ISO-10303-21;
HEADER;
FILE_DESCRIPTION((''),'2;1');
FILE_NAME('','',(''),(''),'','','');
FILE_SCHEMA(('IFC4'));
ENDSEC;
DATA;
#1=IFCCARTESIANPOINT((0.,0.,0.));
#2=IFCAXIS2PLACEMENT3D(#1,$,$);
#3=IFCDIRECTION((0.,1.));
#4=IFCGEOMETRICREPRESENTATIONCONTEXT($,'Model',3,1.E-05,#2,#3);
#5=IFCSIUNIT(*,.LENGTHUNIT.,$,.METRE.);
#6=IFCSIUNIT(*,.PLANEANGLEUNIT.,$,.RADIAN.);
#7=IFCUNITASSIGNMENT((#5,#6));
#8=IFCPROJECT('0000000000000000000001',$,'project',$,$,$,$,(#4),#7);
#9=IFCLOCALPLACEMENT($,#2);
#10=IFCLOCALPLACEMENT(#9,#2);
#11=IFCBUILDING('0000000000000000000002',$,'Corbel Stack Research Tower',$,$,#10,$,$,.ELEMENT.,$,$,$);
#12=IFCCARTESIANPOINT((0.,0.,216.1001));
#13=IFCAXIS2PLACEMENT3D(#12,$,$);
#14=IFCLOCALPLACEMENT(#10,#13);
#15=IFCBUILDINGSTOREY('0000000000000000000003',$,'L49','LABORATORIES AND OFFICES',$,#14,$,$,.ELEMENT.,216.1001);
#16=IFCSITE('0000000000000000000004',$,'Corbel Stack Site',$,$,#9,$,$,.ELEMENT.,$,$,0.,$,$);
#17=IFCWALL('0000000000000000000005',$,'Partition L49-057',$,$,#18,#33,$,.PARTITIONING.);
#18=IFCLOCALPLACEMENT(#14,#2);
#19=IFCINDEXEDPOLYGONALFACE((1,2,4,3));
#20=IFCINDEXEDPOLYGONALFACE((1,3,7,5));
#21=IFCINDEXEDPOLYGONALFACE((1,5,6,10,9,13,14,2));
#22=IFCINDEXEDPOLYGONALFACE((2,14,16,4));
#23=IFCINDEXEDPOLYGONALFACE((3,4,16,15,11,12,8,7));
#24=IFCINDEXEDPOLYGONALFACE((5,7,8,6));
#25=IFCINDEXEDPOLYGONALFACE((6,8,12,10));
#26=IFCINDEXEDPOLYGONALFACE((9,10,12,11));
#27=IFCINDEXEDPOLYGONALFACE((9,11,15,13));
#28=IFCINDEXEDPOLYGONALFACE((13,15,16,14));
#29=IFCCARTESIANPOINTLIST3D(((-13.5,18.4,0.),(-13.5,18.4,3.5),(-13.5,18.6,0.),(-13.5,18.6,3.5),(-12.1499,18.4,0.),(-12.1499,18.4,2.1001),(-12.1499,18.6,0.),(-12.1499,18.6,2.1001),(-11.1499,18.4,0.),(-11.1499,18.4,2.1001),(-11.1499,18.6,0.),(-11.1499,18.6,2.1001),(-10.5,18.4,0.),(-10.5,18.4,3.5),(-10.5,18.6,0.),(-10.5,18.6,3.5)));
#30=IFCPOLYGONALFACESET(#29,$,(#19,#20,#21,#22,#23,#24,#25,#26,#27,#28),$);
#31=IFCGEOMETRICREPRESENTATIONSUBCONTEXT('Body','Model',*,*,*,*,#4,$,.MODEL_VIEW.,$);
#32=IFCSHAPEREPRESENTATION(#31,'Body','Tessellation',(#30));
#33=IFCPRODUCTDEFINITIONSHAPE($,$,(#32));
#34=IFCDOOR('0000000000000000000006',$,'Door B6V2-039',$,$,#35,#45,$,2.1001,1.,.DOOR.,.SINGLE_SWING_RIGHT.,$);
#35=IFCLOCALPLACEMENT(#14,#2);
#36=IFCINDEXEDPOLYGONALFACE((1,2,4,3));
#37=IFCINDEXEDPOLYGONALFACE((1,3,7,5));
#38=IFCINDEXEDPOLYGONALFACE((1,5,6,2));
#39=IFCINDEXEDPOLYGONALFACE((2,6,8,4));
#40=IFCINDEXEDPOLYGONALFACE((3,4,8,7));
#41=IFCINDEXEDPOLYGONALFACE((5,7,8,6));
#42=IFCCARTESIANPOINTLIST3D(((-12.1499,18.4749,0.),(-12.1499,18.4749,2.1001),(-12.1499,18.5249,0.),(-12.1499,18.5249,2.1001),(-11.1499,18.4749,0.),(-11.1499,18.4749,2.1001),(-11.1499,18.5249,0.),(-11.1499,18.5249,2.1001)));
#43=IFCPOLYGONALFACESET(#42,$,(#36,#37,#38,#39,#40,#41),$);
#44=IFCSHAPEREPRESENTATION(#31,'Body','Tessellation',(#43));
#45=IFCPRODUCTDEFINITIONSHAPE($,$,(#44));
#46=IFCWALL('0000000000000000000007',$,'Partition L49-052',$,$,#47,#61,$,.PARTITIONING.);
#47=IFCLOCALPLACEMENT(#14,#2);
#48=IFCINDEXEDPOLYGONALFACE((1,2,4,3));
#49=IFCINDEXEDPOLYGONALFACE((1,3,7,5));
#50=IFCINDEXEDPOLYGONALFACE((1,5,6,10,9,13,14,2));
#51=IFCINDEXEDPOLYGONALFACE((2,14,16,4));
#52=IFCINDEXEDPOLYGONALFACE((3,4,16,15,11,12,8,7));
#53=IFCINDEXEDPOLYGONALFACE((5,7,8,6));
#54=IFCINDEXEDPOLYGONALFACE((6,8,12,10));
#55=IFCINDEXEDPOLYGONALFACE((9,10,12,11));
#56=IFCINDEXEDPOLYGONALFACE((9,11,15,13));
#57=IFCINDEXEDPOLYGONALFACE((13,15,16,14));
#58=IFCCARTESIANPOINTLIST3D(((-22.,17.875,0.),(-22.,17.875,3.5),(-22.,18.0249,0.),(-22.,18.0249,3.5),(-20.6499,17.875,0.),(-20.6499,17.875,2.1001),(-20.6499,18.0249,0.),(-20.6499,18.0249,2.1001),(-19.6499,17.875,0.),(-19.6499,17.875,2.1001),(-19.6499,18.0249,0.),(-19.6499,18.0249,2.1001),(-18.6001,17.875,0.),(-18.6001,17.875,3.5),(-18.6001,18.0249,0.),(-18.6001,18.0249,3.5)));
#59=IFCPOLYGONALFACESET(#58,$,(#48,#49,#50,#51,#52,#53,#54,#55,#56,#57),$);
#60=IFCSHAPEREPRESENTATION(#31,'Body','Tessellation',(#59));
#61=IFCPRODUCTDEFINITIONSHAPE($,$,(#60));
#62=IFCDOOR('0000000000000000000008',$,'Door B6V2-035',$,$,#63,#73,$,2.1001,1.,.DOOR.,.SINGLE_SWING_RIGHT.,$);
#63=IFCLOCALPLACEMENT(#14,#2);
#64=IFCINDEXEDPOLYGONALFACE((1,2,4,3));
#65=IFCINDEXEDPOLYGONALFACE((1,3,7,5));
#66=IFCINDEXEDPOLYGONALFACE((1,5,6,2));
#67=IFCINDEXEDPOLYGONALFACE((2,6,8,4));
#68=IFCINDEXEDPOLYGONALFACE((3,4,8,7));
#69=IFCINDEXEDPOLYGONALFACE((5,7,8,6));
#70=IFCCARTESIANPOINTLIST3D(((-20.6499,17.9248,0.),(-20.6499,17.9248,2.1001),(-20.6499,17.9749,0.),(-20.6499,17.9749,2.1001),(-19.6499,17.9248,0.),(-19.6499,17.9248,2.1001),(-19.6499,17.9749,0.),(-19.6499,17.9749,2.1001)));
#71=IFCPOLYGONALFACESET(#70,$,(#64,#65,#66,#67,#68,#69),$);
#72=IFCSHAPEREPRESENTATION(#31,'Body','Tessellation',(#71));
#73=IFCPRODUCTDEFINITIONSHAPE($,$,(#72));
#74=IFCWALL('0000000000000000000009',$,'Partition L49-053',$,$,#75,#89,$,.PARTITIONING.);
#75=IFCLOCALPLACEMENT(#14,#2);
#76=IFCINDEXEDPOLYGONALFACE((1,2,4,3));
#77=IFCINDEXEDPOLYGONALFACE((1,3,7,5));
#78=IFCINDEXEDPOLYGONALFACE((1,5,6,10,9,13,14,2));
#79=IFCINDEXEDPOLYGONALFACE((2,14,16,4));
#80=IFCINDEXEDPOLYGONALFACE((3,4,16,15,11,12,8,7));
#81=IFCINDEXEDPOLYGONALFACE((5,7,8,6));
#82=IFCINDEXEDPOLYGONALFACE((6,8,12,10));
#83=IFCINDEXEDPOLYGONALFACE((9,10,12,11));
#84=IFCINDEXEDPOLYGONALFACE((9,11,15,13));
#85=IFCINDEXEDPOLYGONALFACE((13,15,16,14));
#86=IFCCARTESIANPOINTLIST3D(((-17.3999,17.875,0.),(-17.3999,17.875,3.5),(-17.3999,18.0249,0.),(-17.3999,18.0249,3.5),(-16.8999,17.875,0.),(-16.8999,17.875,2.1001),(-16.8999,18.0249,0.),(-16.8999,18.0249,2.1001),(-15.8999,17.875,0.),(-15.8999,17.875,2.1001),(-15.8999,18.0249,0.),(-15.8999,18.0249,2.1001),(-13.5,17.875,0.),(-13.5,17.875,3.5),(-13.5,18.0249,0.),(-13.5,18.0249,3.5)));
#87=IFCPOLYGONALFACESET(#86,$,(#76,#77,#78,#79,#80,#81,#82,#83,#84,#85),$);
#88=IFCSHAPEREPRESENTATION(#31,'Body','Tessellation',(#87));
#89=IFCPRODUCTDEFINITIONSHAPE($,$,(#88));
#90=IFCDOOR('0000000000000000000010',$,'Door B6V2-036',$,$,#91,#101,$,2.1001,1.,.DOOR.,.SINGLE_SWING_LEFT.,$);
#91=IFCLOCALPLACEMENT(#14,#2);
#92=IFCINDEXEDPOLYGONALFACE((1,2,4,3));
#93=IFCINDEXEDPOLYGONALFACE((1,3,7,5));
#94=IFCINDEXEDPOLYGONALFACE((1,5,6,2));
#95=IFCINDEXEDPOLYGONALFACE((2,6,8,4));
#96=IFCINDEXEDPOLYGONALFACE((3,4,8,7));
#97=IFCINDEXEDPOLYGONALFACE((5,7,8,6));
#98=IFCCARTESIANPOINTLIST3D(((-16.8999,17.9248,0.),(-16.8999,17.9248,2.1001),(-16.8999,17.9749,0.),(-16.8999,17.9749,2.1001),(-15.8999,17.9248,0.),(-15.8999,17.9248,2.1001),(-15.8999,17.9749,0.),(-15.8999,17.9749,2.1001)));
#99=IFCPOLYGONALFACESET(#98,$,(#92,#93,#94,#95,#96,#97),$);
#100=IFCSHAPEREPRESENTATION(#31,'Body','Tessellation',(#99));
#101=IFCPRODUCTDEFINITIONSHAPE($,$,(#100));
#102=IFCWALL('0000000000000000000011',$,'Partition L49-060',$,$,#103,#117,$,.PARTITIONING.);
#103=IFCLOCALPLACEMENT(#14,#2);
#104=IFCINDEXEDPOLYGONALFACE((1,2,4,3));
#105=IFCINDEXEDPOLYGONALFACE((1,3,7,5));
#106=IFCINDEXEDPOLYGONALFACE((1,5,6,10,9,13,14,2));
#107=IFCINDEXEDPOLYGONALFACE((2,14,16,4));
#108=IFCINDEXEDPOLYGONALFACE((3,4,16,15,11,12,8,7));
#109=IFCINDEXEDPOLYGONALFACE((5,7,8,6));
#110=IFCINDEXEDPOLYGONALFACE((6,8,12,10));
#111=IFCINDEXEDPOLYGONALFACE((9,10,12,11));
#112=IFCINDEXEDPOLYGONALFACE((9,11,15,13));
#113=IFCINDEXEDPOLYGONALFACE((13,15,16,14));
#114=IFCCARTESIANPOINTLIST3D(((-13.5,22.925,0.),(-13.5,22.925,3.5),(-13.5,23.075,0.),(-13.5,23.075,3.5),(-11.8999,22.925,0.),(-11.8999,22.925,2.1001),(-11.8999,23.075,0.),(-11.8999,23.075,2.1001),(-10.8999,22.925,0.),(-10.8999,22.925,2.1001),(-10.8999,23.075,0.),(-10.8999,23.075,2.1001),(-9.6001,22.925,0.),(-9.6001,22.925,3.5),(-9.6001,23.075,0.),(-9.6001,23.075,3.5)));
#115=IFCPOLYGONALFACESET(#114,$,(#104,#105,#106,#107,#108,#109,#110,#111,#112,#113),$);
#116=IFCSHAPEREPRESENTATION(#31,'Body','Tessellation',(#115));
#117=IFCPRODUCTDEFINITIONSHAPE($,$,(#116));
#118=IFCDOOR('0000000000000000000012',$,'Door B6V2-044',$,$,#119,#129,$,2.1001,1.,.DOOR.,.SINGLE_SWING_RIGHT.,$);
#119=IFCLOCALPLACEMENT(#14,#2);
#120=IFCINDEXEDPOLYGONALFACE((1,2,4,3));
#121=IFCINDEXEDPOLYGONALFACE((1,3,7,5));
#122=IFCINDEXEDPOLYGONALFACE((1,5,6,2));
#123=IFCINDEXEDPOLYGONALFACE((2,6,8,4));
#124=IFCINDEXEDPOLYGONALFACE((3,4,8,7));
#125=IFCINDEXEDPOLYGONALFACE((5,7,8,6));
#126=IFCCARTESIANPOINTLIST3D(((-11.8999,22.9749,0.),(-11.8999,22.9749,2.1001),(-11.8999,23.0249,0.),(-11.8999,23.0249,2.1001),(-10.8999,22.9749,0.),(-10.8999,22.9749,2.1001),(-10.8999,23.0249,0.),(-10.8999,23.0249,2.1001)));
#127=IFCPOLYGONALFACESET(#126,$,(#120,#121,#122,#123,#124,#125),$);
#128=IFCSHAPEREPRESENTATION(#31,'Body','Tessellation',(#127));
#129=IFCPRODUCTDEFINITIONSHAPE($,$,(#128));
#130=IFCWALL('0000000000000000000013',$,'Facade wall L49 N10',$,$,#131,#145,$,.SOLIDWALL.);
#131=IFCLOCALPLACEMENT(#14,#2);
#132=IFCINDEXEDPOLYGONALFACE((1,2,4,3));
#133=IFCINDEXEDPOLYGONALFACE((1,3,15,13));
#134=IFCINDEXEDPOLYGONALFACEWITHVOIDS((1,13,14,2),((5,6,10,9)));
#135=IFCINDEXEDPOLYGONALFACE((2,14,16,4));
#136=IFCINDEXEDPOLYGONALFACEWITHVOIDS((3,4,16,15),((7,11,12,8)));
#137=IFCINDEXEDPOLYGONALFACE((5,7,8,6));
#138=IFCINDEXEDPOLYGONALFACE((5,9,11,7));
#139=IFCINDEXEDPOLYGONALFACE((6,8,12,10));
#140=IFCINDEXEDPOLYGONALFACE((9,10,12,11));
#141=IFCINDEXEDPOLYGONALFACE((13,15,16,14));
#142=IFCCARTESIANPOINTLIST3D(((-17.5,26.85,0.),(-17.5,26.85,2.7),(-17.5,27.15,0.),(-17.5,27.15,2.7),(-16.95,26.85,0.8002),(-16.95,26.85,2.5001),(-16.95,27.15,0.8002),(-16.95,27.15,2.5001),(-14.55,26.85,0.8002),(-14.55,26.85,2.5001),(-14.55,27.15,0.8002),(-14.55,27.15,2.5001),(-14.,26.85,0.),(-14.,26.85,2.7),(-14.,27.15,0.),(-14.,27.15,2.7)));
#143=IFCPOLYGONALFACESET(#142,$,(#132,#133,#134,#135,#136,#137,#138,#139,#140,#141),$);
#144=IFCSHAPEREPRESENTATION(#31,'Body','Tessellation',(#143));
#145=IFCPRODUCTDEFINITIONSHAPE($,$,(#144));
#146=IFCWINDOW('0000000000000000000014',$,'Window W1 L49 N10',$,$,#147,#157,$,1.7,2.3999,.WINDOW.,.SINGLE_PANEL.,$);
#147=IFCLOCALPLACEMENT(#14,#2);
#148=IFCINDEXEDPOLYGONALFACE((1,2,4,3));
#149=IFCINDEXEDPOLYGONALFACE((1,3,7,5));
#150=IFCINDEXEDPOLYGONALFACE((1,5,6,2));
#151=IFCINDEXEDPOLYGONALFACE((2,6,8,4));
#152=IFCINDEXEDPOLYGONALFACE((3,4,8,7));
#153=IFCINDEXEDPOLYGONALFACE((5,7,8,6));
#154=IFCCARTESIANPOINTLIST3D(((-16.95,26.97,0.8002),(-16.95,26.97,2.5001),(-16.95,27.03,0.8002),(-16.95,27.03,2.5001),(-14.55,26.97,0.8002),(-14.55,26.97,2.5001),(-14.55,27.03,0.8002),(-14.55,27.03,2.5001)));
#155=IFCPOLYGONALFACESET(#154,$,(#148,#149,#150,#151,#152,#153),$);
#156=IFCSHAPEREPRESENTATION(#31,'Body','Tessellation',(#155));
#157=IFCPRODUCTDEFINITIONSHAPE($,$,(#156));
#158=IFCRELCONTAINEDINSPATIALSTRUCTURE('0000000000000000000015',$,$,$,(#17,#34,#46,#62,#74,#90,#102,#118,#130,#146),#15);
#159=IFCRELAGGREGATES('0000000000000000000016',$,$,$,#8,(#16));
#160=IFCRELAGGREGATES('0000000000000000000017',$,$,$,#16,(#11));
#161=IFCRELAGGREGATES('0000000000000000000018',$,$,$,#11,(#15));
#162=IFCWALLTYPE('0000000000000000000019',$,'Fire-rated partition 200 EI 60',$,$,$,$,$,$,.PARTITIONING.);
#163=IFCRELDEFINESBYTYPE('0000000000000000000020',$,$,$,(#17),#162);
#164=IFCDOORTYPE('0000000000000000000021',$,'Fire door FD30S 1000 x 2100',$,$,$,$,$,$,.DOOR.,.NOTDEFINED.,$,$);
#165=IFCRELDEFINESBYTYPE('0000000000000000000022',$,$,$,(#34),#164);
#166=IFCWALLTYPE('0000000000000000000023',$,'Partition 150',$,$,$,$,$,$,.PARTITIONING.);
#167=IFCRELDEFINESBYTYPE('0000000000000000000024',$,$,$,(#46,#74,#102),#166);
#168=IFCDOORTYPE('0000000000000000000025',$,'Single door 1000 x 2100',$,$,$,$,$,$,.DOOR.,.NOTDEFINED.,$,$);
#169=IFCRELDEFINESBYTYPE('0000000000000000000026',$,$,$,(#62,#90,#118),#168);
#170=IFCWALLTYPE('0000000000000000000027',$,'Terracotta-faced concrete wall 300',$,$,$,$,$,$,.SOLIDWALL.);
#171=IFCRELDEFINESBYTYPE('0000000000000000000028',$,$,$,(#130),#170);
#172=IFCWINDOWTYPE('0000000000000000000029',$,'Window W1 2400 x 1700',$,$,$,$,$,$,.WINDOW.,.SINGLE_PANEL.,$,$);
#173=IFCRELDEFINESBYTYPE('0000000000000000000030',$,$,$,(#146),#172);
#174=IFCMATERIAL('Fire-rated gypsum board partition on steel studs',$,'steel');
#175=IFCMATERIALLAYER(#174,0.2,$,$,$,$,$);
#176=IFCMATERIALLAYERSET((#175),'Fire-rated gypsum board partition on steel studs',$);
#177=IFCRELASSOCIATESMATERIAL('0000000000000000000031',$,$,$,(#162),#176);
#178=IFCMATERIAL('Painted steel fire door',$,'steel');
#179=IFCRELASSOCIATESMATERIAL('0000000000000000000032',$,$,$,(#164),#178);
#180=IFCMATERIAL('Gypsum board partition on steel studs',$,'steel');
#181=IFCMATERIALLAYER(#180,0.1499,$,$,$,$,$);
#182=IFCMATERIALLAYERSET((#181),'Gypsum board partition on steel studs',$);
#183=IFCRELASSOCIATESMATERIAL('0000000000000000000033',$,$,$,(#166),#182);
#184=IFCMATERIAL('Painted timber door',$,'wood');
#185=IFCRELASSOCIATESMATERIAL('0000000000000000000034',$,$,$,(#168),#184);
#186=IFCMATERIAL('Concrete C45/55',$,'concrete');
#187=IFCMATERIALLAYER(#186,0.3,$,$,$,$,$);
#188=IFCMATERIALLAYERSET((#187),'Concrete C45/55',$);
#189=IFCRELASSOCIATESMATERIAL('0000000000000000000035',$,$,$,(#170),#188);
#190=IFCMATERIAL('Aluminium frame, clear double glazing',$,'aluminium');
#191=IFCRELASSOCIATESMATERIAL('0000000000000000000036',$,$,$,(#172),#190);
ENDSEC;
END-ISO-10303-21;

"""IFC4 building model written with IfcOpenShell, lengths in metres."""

from ifc_helpers import new_model, si_unit, direction, frame, frame_2d, origin, place, context, subcontext, project, spatial, rectangle, extrude, material, layer, layer_set, type_object, element, fill, save


model = new_model("IFC4")

# Units and contexts
model_context = context("Model", 3, precision=1e-05, world=origin(), true_north=direction((0.0, 1.0)))
body_context = subcontext(model_context, "Body", "Model", "MODEL_VIEW")
ifc_project = project(units=[si_unit("LENGTHUNIT", "METRE"), si_unit("PLANEANGLEUNIT", "RADIAN")], contexts=[model_context])

# Site, building, storey
site_placement = place(None, origin())
site = spatial("IfcSite", under=ifc_project, at=site_placement, Name="Corbel Stack Site", CompositionType="ELEMENT", RefElevation=0.0)
building_placement = place(site_placement, origin())
building = spatial("IfcBuilding", under=site, at=building_placement, Name="Corbel Stack Research Tower", CompositionType="ELEMENT")
storey_placement = place(building_placement, frame((0.0, 0.0, 216.1001)))
storey = spatial("IfcBuildingStorey", under=building, at=storey_placement, Name="L49", Description="LABORATORIES AND OFFICES", CompositionType="ELEMENT", Elevation=216.1001)

# Shared definitions
ifc_material_1 = material(Name="Fire-rated gypsum board partition on steel studs", Category="steel")
ifc_layer_1 = layer(ifc_material_1, 0.2)
ifc_layer_set_1 = layer_set([ifc_layer_1], Name="Fire-rated gypsum board partition on steel studs")
wall_type_1 = type_object("IfcWallType", Name="Fire-rated partition 200 EI 60", PredefinedType="PARTITIONING", material=ifc_layer_set_1)

# Walls, openings, doors
wall_1_placement = place(storey_placement, frame((-13.5, 18.5, 0.0), z_axis=(0.0, 0.0, 1.0), x_axis=(1.0, 0.0, 0.0)))
wall_1 = element("IfcWall", 1, at=wall_1_placement, inside=storey, type_object=wall_type_1, Name="Partition L49-057", PredefinedType="PARTITIONING", context=body_context, shape_type="SweptSolid", body=[
    extrude(rectangle(XDim=3.0, YDim=0.2, at=frame_2d((1.5, 0.0))), origin(), (0.0, 0.0, 1.0), 3.5),
])
opening_1_placement = place(wall_1_placement, frame((1.3501, 0.0, 0.0)))
opening_1 = element("IfcOpeningElement", 2, at=opening_1_placement, cuts=wall_1, PredefinedType="OPENING", context=body_context, shape_type="SweptSolid", body=[
    extrude(rectangle(XDim=1.0, YDim=2.1001, at=frame_2d((0.5, 1.05))), frame((0.0, 0.1099, 0.0), z_axis=(0.0, -1.0, 0.0), x_axis=(1.0, 0.0, 0.0)), (0.0, 0.0, 1.0), 0.22),
])
ifc_material_2 = material(Name="Painted steel fire door", Category="steel")
door_type_1 = type_object("IfcDoorType", Name="Fire door FD30S 1000 x 2100", OperationType="NOTDEFINED", PredefinedType="DOOR", material=ifc_material_2)
door_1_placement = place(opening_1_placement, origin())
door_1 = element("IfcDoor", 3, at=door_1_placement, inside=storey, type_object=door_type_1, Name="Door B6V2-039", OperationType="SINGLE_SWING_RIGHT", OverallHeight=2.1001, OverallWidth=1.0, PredefinedType="DOOR", context=body_context, shape_type="SweptSolid", body=[
    extrude(rectangle(XDim=1.0, YDim=2.1001, at=frame_2d((0.5, 1.05))), frame((0.0, 0.0249, 0.0), z_axis=(0.0, -1.0, 0.0), x_axis=(1.0, 0.0, 0.0)), (0.0, 0.0, 1.0), 0.05),
])
fill(opening_1, door_1)
ifc_material_3 = material(Name="Gypsum board partition on steel studs", Category="steel")
ifc_layer_2 = layer(ifc_material_3, 0.1499)
ifc_layer_set_2 = layer_set([ifc_layer_2], Name="Gypsum board partition on steel studs")
wall_type_2 = type_object("IfcWallType", Name="Partition 150", PredefinedType="PARTITIONING", material=ifc_layer_set_2)
wall_2_placement = place(storey_placement, frame((-22.0, 17.95, 0.0), z_axis=(0.0, 0.0, 1.0), x_axis=(1.0, 0.0, 0.0)))
wall_2 = element("IfcWall", 4, at=wall_2_placement, inside=storey, type_object=wall_type_2, Name="Partition L49-052", PredefinedType="PARTITIONING", context=body_context, shape_type="SweptSolid", body=[
    extrude(rectangle(XDim=3.3999, YDim=0.1499, at=frame_2d((1.7, 0.0))), origin(), (0.0, 0.0, 1.0), 3.5),
])
opening_2_placement = place(wall_2_placement, frame((1.3501, 0.0, 0.0)))
opening_2 = element("IfcOpeningElement", 5, at=opening_2_placement, cuts=wall_2, PredefinedType="OPENING", context=body_context, shape_type="SweptSolid", body=[
    extrude(rectangle(XDim=1.0, YDim=2.1001, at=frame_2d((0.5, 1.05))), frame((0.0, 0.085, 0.0), z_axis=(0.0, -1.0, 0.0), x_axis=(1.0, 0.0, 0.0)), (0.0, 0.0, 1.0), 0.1699),
])
ifc_material_4 = material(Name="Painted timber door", Category="wood")
door_type_2 = type_object("IfcDoorType", Name="Single door 1000 x 2100", OperationType="NOTDEFINED", PredefinedType="DOOR", material=ifc_material_4)
door_2_placement = place(opening_2_placement, origin())
door_2 = element("IfcDoor", 6, at=door_2_placement, inside=storey, type_object=door_type_2, Name="Door B6V2-035", OperationType="SINGLE_SWING_RIGHT", OverallHeight=2.1001, OverallWidth=1.0, PredefinedType="DOOR", context=body_context, shape_type="SweptSolid", body=[
    extrude(rectangle(XDim=1.0, YDim=2.1001, at=frame_2d((0.5, 1.05))), frame((0.0, 0.0249, 0.0), z_axis=(0.0, -1.0, 0.0), x_axis=(1.0, 0.0, 0.0)), (0.0, 0.0, 1.0), 0.05),
])
fill(opening_2, door_2)
wall_3_placement = place(storey_placement, frame((-17.3999, 17.95, 0.0), z_axis=(0.0, 0.0, 1.0), x_axis=(1.0, 0.0, 0.0)))
wall_3 = element("IfcWall", 7, at=wall_3_placement, inside=storey, type_object=wall_type_2, Name="Partition L49-053", PredefinedType="PARTITIONING", context=body_context, shape_type="SweptSolid", body=[
    extrude(rectangle(XDim=3.8999, YDim=0.1499, at=frame_2d((1.95, 0.0))), origin(), (0.0, 0.0, 1.0), 3.5),
])
opening_3_placement = place(wall_3_placement, frame((0.5, 0.0, 0.0)))
opening_3 = element("IfcOpeningElement", 8, at=opening_3_placement, cuts=wall_3, PredefinedType="OPENING", context=body_context, shape_type="SweptSolid", body=[
    extrude(rectangle(XDim=1.0, YDim=2.1001, at=frame_2d((0.5, 1.05))), frame((0.0, 0.085, 0.0), z_axis=(0.0, -1.0, 0.0), x_axis=(1.0, 0.0, 0.0)), (0.0, 0.0, 1.0), 0.1699),
])
door_3_placement = place(opening_3_placement, origin())
door_3 = element("IfcDoor", 9, at=door_3_placement, inside=storey, type_object=door_type_2, Name="Door B6V2-036", OperationType="SINGLE_SWING_LEFT", OverallHeight=2.1001, OverallWidth=1.0, PredefinedType="DOOR", context=body_context, shape_type="SweptSolid", body=[
    extrude(rectangle(XDim=1.0, YDim=2.1001, at=frame_2d((0.5, 1.05))), frame((0.0, 0.0249, 0.0), z_axis=(0.0, -1.0, 0.0), x_axis=(1.0, 0.0, 0.0)), (0.0, 0.0, 1.0), 0.05),
])
fill(opening_3, door_3)
wall_4_placement = place(storey_placement, frame((-13.5, 23.0, 0.0), z_axis=(0.0, 0.0, 1.0), x_axis=(1.0, 0.0, 0.0)))
wall_4 = element("IfcWall", 10, at=wall_4_placement, inside=storey, type_object=wall_type_2, Name="Partition L49-060", PredefinedType="PARTITIONING", context=body_context, shape_type="SweptSolid", body=[
    extrude(rectangle(XDim=3.8999, YDim=0.1499, at=frame_2d((1.95, 0.0))), origin(), (0.0, 0.0, 1.0), 3.5),
])
opening_4_placement = place(wall_4_placement, frame((1.6001, 0.0, 0.0)))
opening_4 = element("IfcOpeningElement", 11, at=opening_4_placement, cuts=wall_4, PredefinedType="OPENING", context=body_context, shape_type="SweptSolid", body=[
    extrude(rectangle(XDim=1.0, YDim=2.1001, at=frame_2d((0.5, 1.05))), frame((0.0, 0.085, 0.0), z_axis=(0.0, -1.0, 0.0), x_axis=(1.0, 0.0, 0.0)), (0.0, 0.0, 1.0), 0.1699),
])
door_4_placement = place(opening_4_placement, origin())
door_4 = element("IfcDoor", 12, at=door_4_placement, inside=storey, type_object=door_type_2, Name="Door B6V2-044", OperationType="SINGLE_SWING_RIGHT", OverallHeight=2.1001, OverallWidth=1.0, PredefinedType="DOOR", context=body_context, shape_type="SweptSolid", body=[
    extrude(rectangle(XDim=1.0, YDim=2.1001, at=frame_2d((0.5, 1.05))), frame((0.0, 0.0249, 0.0), z_axis=(0.0, -1.0, 0.0), x_axis=(1.0, 0.0, 0.0)), (0.0, 0.0, 1.0), 0.05),
])
fill(opening_4, door_4)

# Wall, opening, window
ifc_material_5 = material(Name="Concrete C45/55", Category="concrete")
ifc_layer_3 = layer(ifc_material_5, 0.3)
ifc_layer_set_3 = layer_set([ifc_layer_3], Name="Concrete C45/55")
wall_type_3 = type_object("IfcWallType", Name="Terracotta-faced concrete wall 300", PredefinedType="SOLIDWALL", material=ifc_layer_set_3)
wall_5_placement = place(storey_placement, frame((-17.5, 27.0, 0.0), z_axis=(0.0, 0.0, 1.0), x_axis=(1.0, 0.0, 0.0)))
wall_5 = element("IfcWall", 13, at=wall_5_placement, inside=storey, type_object=wall_type_3, Name="Facade wall L49 N10", PredefinedType="SOLIDWALL", context=body_context, shape_type="SweptSolid", body=[
    extrude(rectangle(XDim=3.5, YDim=0.3, at=frame_2d((1.75, 0.0))), origin(), (0.0, 0.0, 1.0), 2.7),
])
opening_5_placement = place(wall_5_placement, frame((0.55, 0.0, 0.8)))
opening_5 = element("IfcOpeningElement", 14, at=opening_5_placement, cuts=wall_5, PredefinedType="OPENING", context=body_context, shape_type="SweptSolid", body=[
    extrude(rectangle(XDim=2.3999, YDim=1.7, at=frame_2d((1.2, 0.8501))), frame((0.0, 0.1599, 0.0), z_axis=(0.0, -1.0, 0.0), x_axis=(1.0, 0.0, 0.0)), (0.0, 0.0, 1.0), 0.3201),
])
ifc_material_6 = material(Name="Aluminium frame, clear double glazing", Category="aluminium")
window_type = type_object("IfcWindowType", Name="Window W1 2400 x 1700", PartitioningType="SINGLE_PANEL", PredefinedType="WINDOW", material=ifc_material_6)
window_1_placement = place(opening_5_placement, origin())
window_1 = element("IfcWindow", 15, at=window_1_placement, inside=storey, type_object=window_type, Name="Window W1 L49 N10", OverallHeight=1.7, OverallWidth=2.3999, PartitioningType="SINGLE_PANEL", PredefinedType="WINDOW", context=body_context, shape_type="SweptSolid", body=[
    extrude(rectangle(XDim=2.3999, YDim=1.7, at=frame_2d((1.2, 0.8501))), frame((0.0, 0.03, 0.0), z_axis=(0.0, -1.0, 0.0), x_axis=(1.0, 0.0, 0.0)), (0.0, 0.0, 1.0), 0.0601),
])
fill(opening_5, window_1)

save(model, "model.ifc")
